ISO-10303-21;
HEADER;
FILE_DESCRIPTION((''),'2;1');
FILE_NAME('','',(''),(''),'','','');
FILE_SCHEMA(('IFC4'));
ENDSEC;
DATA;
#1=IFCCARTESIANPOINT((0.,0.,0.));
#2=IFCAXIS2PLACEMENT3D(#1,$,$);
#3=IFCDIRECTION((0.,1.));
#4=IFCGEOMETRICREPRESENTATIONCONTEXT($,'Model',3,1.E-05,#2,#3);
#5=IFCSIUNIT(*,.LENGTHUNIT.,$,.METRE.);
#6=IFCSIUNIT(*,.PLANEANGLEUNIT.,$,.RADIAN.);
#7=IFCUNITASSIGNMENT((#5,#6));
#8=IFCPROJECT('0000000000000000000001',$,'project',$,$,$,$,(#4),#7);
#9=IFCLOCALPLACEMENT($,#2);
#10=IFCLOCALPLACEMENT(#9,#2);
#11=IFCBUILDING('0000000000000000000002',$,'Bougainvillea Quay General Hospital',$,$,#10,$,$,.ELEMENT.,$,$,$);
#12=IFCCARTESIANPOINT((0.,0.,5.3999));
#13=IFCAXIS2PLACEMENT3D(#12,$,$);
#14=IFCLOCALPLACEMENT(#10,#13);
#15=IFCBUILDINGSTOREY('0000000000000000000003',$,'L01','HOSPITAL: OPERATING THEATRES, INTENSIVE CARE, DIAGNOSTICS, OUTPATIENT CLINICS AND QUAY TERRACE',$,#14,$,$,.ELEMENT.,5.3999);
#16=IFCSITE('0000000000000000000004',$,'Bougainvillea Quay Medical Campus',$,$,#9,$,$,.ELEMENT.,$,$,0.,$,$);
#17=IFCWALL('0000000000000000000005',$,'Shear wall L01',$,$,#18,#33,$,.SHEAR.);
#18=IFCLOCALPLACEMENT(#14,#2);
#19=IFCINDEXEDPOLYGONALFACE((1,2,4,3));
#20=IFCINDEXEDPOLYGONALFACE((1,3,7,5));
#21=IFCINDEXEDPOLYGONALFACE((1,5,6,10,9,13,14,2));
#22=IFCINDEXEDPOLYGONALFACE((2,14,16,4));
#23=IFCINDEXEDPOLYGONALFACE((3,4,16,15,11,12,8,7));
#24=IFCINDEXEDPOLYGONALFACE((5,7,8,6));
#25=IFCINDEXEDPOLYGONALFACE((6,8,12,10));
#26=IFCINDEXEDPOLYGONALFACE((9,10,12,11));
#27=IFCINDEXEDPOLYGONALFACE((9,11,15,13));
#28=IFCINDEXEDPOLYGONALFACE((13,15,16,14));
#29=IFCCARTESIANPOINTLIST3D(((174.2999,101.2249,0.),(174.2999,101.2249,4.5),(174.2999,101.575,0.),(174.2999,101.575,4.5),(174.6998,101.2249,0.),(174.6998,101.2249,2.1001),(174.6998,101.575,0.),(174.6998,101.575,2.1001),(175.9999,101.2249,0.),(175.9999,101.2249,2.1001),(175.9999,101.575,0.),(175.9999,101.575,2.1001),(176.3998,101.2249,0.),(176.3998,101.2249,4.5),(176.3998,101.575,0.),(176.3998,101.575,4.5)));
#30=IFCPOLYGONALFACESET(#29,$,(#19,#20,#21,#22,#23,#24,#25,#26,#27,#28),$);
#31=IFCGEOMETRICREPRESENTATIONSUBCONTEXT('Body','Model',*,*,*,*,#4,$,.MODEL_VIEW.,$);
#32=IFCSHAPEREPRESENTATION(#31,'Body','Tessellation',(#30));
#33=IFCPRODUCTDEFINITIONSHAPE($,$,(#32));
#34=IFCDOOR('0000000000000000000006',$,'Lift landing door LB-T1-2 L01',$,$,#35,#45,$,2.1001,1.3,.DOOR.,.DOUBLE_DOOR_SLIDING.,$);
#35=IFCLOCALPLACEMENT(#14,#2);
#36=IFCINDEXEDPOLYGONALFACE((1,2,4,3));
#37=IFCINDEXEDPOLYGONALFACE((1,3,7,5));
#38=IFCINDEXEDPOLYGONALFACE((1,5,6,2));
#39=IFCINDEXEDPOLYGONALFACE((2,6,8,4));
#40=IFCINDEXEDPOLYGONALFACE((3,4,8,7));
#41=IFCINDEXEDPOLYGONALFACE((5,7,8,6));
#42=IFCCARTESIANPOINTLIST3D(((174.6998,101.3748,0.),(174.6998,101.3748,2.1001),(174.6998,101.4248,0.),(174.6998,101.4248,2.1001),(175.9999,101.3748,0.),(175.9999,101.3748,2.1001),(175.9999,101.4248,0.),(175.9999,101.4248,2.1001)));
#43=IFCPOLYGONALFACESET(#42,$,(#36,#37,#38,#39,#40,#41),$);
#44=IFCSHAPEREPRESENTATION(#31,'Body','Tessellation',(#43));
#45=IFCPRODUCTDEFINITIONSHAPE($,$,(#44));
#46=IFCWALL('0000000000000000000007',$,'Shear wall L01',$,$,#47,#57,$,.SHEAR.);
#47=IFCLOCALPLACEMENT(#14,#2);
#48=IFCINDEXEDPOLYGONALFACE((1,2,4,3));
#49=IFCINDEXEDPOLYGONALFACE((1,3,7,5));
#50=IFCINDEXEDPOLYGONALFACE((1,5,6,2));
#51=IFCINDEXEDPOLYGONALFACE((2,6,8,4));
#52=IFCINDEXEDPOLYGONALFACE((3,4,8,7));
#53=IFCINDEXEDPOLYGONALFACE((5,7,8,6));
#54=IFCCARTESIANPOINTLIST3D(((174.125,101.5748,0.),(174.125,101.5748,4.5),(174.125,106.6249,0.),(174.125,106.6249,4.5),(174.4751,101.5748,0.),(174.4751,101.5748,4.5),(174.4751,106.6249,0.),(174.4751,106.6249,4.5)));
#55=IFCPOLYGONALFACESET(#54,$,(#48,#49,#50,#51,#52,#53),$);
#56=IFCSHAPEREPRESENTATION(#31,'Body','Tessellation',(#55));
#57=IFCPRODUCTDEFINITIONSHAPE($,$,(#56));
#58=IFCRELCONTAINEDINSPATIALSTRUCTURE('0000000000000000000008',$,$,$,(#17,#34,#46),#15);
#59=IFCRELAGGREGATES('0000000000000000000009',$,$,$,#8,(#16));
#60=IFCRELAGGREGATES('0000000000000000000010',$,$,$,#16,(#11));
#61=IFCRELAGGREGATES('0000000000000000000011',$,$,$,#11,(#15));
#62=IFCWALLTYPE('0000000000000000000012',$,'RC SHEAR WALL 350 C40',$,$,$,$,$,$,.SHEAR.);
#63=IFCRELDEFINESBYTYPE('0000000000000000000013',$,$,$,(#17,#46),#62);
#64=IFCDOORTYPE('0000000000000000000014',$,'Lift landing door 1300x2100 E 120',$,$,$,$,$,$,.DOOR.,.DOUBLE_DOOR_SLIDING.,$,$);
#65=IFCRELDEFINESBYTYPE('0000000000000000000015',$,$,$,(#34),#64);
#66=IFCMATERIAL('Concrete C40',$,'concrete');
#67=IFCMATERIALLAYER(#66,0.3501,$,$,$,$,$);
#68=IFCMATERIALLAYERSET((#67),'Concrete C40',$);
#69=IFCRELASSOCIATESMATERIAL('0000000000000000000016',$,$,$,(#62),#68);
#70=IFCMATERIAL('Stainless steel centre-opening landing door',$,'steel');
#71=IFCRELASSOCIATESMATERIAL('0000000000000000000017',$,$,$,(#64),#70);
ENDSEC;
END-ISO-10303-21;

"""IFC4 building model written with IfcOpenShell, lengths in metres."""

from ifc_helpers import new_model, si_unit, direction, frame, frame_2d, origin, place, context, subcontext, project, spatial, rectangle, extrude, material, layer, layer_set, type_object, element, fill, save


model = new_model("IFC4")

# Units and contexts
model_context = context("Model", 3, precision=1e-05, world=origin(), true_north=direction((0.0, 1.0)))
body_context = subcontext(model_context, "Body", "Model", "MODEL_VIEW")
ifc_project = project(units=[si_unit("LENGTHUNIT", "METRE"), si_unit("PLANEANGLEUNIT", "RADIAN")], contexts=[model_context])

# Site, building, storey
site_placement = place(None, origin())
site = spatial("IfcSite", under=ifc_project, at=site_placement, Name="Bougainvillea Quay Medical Campus", CompositionType="ELEMENT", RefElevation=0.0)
building_placement = place(site_placement, origin())
building = spatial("IfcBuilding", under=site, at=building_placement, Name="Bougainvillea Quay General Hospital", CompositionType="ELEMENT")
storey_placement = place(building_placement, frame((0.0, 0.0, 5.3999)))
storey = spatial("IfcBuildingStorey", under=building, at=storey_placement, Name="L01", Description="HOSPITAL: OPERATING THEATRES, INTENSIVE CARE, DIAGNOSTICS, OUTPATIENT CLINICS AND QUAY TERRACE", CompositionType="ELEMENT", Elevation=5.3999)

# Shared definitions
ifc_material_1 = material(Name="Concrete C40", Category="concrete")

# Shared definitions
ifc_layer_1 = layer(ifc_material_1, 0.3501)
ifc_layer_set_1 = layer_set([ifc_layer_1], Name="Concrete C40")
wall_type_1 = type_object("IfcWallType", Name="RC SHEAR WALL 350 C40", PredefinedType="SHEAR", material=ifc_layer_set_1)

# Wall, opening, door
ifc_material_2 = material(Name="Stainless steel centre-opening landing door", Category="steel")
door_type_1 = type_object("IfcDoorType", Name="Lift landing door 1300x2100 E 120", OperationType="DOUBLE_DOOR_SLIDING", PredefinedType="DOOR", material=ifc_material_2)
wall_1_placement = place(storey_placement, frame((174.3, 101.3999, 0.0), z_axis=(0.0, 0.0, 1.0), x_axis=(1.0, 0.0, 0.0)))
wall_1 = element("IfcWall", 1, at=wall_1_placement, inside=storey, type_object=wall_type_1, Name="Shear wall L01", PredefinedType="SHEAR", context=body_context, shape_type="SweptSolid", body=[
    extrude(rectangle(XDim=2.0999, YDim=0.3501, at=frame_2d((1.0498, 0.0))), origin(), (0.0, 0.0, 1.0), 4.5),
])
opening_1_placement = place(wall_1_placement, frame((0.3999, 0.0, 0.0)))
opening_1 = element("IfcOpeningElement", 2, at=opening_1_placement, cuts=wall_1, PredefinedType="OPENING", context=body_context, shape_type="SweptSolid", body=[
    extrude(rectangle(XDim=1.3, YDim=2.1001, at=frame_2d((0.6499, 1.05))), frame((0.0, 0.1851, 0.0), z_axis=(0.0, -1.0, 0.0), x_axis=(1.0, 0.0, 0.0)), (0.0, 0.0, 1.0), 0.3701),
])
door_1_placement = place(opening_1_placement, origin())
door_1 = element("IfcDoor", 3, at=door_1_placement, inside=storey, type_object=door_type_1, Name="Lift landing door LB-T1-2 L01", OperationType="DOUBLE_DOOR_SLIDING", OverallHeight=2.1001, OverallWidth=1.3, PredefinedType="DOOR", context=body_context, shape_type="SweptSolid", body=[
    extrude(rectangle(XDim=1.3, YDim=2.1001, at=frame_2d((0.6499, 1.05))), frame((0.0, 0.0249, 0.0), z_axis=(0.0, -1.0, 0.0), x_axis=(1.0, 0.0, 0.0)), (0.0, 0.0, 1.0), 0.05),
])
fill(opening_1, door_1)

# Wall
wall_2_placement = place(storey_placement, frame((174.3, 101.575, 0.0), z_axis=(0.0, 0.0, 1.0), x_axis=(0.0, 1.0, 0.0)))
element("IfcWall", 4, at=wall_2_placement, inside=storey, type_object=wall_type_1, Name="Shear wall L01", PredefinedType="SHEAR", context=body_context, shape_type="SweptSolid", body=[
    extrude(rectangle(XDim=5.05, YDim=0.3501, at=frame_2d((2.5249, 0.0))), origin(), (0.0, 0.0, 1.0), 4.5),
])

save(model, "model.ifc")
